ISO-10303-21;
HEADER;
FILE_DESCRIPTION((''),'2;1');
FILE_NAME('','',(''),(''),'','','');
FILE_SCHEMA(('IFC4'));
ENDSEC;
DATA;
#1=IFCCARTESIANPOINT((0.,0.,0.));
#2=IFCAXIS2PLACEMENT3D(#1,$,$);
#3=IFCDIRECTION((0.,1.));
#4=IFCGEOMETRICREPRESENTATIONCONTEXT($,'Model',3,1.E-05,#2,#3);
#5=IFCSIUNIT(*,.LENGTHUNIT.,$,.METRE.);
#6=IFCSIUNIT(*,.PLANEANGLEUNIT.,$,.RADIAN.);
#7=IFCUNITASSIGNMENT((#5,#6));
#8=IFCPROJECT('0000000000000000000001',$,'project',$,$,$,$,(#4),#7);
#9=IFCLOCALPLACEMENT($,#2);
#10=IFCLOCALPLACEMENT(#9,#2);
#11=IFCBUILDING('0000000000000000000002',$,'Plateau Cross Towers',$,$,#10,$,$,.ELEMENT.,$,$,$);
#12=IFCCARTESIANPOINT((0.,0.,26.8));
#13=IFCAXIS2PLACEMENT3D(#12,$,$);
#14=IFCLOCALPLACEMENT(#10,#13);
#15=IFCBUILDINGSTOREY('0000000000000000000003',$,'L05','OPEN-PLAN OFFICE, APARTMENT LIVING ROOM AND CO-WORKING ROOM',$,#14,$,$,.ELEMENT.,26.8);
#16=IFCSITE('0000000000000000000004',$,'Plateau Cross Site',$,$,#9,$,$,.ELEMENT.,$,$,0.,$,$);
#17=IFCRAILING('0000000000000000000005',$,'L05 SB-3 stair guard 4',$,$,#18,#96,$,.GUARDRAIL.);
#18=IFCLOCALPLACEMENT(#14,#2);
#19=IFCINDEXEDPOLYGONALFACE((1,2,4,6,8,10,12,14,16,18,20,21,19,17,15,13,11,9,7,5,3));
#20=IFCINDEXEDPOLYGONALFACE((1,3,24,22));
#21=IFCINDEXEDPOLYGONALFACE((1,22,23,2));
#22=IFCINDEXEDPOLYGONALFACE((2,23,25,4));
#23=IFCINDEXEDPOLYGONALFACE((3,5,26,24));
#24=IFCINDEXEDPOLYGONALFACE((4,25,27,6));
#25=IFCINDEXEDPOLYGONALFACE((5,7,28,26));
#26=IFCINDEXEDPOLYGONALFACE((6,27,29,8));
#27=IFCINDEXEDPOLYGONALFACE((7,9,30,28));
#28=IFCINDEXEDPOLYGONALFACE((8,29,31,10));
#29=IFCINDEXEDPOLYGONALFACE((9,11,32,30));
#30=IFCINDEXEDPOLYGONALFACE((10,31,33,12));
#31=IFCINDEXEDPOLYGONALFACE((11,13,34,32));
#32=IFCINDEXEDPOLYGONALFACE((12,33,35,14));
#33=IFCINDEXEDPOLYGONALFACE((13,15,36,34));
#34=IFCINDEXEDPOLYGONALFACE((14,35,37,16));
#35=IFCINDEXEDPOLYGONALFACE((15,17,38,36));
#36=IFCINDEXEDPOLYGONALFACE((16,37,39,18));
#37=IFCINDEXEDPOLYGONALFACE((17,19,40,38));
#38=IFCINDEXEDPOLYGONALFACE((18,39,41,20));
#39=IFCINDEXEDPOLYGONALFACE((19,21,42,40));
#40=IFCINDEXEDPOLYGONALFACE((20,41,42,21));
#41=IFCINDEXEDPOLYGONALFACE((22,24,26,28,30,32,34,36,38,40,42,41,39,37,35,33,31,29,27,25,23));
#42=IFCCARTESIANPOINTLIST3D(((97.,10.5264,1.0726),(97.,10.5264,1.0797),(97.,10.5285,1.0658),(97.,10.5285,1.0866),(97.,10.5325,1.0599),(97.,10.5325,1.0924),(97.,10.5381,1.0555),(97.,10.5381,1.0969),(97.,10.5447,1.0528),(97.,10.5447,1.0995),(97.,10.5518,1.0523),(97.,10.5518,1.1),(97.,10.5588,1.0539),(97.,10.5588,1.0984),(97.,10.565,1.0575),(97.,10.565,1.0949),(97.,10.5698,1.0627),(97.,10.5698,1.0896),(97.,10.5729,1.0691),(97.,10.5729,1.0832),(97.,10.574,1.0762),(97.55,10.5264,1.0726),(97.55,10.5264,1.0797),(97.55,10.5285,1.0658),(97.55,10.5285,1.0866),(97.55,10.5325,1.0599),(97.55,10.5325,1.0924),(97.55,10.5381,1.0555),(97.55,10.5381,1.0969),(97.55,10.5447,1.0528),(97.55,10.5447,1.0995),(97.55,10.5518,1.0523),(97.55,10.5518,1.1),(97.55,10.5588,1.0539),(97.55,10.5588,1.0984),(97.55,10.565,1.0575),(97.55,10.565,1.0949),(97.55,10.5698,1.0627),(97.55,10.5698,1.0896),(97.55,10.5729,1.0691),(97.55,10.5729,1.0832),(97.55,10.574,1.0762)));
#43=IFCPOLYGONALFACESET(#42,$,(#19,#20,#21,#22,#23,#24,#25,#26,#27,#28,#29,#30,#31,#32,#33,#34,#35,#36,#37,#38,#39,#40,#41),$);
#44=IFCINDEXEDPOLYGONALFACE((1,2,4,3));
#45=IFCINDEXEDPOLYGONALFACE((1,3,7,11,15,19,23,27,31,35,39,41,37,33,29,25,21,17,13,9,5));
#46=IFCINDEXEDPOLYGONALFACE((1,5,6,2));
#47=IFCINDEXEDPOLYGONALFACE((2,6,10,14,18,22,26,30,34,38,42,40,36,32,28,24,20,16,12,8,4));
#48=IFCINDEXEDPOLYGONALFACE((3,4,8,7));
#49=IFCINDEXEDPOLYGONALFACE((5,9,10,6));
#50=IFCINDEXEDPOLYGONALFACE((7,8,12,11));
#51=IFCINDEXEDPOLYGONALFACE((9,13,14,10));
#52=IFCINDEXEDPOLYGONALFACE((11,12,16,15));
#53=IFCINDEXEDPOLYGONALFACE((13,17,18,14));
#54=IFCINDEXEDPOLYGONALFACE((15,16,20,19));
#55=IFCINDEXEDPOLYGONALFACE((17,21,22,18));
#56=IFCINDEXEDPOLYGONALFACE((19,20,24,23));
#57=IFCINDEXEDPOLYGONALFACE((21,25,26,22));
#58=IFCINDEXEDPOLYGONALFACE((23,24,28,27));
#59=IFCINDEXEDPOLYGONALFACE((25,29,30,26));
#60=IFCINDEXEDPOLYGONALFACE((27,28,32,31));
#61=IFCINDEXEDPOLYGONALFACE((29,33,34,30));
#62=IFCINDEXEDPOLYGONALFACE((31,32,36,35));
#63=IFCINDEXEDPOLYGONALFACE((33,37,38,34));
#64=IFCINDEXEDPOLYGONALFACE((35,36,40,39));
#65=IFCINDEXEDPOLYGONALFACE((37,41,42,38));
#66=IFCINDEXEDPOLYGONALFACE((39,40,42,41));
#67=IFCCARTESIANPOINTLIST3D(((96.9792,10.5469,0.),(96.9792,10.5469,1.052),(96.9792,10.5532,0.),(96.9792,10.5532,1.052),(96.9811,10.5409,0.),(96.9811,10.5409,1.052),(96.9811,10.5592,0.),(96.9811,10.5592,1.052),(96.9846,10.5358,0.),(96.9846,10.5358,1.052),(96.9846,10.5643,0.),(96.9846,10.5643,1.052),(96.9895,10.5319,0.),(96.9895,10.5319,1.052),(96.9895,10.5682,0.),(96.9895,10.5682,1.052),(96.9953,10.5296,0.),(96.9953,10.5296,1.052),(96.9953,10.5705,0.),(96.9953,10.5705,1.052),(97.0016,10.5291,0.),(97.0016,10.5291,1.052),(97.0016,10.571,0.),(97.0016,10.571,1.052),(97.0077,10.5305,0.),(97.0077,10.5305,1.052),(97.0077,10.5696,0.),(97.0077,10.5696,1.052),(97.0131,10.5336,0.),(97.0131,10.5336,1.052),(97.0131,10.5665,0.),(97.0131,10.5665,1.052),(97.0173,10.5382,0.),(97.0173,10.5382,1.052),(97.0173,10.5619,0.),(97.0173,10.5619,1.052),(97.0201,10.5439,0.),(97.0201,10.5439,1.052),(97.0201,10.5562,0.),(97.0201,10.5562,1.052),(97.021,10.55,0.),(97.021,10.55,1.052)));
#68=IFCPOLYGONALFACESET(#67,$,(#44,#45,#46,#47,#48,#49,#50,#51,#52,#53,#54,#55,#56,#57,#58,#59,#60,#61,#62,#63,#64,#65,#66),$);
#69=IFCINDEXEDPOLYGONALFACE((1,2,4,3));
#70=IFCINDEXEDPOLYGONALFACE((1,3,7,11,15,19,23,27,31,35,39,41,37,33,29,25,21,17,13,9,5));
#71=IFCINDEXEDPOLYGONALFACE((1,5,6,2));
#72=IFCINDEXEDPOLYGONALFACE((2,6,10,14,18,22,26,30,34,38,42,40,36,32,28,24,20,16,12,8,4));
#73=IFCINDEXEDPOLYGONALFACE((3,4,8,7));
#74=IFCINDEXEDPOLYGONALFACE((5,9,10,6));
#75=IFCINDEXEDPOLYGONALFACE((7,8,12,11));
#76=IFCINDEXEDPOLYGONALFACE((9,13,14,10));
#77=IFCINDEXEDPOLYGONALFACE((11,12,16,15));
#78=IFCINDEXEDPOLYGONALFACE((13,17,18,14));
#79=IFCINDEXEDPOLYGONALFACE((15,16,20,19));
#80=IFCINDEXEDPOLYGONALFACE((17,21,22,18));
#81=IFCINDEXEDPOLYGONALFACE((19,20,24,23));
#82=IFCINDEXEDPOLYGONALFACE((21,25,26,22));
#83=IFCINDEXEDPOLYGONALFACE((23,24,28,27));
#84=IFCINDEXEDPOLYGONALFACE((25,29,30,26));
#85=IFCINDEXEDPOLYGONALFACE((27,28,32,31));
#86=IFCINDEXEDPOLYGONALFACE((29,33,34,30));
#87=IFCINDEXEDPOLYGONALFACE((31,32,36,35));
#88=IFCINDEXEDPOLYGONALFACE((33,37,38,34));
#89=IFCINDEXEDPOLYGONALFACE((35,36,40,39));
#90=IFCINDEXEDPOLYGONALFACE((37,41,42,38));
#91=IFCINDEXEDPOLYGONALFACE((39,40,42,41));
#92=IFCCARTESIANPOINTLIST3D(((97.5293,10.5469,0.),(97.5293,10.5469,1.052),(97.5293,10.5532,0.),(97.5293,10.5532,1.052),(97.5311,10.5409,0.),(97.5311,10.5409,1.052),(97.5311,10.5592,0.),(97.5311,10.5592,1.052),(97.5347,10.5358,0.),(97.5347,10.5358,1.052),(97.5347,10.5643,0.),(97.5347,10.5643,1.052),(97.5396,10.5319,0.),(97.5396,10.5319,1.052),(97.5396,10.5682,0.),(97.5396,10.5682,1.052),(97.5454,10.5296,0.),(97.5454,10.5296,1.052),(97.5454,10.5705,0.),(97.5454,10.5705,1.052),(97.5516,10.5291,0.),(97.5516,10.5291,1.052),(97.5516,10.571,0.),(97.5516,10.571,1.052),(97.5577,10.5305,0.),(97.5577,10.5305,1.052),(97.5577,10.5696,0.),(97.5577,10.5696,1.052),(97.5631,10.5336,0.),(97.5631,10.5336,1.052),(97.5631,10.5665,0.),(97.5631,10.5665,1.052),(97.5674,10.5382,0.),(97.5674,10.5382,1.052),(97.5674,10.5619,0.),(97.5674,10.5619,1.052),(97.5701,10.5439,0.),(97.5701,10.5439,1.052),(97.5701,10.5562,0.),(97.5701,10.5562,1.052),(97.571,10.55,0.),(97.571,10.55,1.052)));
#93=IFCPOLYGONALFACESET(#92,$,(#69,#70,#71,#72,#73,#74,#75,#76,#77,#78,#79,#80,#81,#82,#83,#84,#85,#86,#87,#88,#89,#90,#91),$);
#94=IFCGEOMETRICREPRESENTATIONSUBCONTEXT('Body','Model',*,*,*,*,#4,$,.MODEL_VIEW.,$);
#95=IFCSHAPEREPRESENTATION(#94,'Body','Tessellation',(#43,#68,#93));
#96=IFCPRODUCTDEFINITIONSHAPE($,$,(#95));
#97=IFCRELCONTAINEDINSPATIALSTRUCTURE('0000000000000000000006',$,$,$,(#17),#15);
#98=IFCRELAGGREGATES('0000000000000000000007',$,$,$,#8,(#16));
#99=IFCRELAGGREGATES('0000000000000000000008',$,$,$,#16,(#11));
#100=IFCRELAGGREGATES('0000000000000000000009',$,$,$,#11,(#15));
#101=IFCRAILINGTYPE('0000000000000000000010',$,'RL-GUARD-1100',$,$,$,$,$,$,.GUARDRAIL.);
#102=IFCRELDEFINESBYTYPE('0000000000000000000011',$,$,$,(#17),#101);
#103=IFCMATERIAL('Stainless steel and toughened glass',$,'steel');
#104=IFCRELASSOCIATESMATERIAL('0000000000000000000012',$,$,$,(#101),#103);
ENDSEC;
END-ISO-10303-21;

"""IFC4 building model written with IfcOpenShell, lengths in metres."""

from ifc_helpers import new_model, si_unit, direction, frame, origin, origin_2d, place, context, subcontext, project, spatial, circle, extrude, material, type_object, element, save


model = new_model("IFC4")

# Units and contexts
model_context = context("Model", 3, precision=1e-05, world=origin(), true_north=direction((0.0, 1.0)))
body_context = subcontext(model_context, "Body", "Model", "MODEL_VIEW")
ifc_project = project(units=[si_unit("LENGTHUNIT", "METRE"), si_unit("PLANEANGLEUNIT", "RADIAN")], contexts=[model_context])

# Site, building, storey
site_placement = place(None, origin())
site = spatial("IfcSite", under=ifc_project, at=site_placement, Name="Plateau Cross Site", CompositionType="ELEMENT", RefElevation=0.0)
building_placement = place(site_placement, origin())
building = spatial("IfcBuilding", under=site, at=building_placement, Name="Plateau Cross Towers", CompositionType="ELEMENT")
storey_placement = place(building_placement, frame((0.0, 0.0, 26.8)))
storey = spatial("IfcBuildingStorey", under=building, at=storey_placement, Name="L05", Description="OPEN-PLAN OFFICE, APARTMENT LIVING ROOM AND CO-WORKING ROOM", CompositionType="ELEMENT", Elevation=26.8)

# Railing
ifc_material_1 = material(Name="Stainless steel and toughened glass", Category="steel")
railing_type_1 = type_object("IfcRailingType", Name="RL-GUARD-1100", PredefinedType="GUARDRAIL", material=ifc_material_1)
railing_1_placement = place(storey_placement, frame((97.0, 10.55, 0.0)))
element("IfcRailing", 1, at=railing_1_placement, inside=storey, type_object=railing_type_1, Name="L05 SB-3 stair guard 4", PredefinedType="GUARDRAIL", context=body_context, shape_type="SweptSolid", body=[
    extrude(circle(Radius=0.0239, at=origin_2d()), frame((0.0, 0.0, 1.0762), z_axis=(1.0, 0.0, 0.0), x_axis=(0.0, 1.0, 0.0)), (0.0, 0.0, 1.0), 0.55),
    extrude(circle(Radius=0.021, at=origin_2d()), origin(), (0.0, 0.0, 1.0), 1.052),
    extrude(circle(Radius=0.021, at=origin_2d()), frame((0.55, 0.0, 0.0)), (0.0, 0.0, 1.0), 1.052),
])

save(model, "model.ifc")
